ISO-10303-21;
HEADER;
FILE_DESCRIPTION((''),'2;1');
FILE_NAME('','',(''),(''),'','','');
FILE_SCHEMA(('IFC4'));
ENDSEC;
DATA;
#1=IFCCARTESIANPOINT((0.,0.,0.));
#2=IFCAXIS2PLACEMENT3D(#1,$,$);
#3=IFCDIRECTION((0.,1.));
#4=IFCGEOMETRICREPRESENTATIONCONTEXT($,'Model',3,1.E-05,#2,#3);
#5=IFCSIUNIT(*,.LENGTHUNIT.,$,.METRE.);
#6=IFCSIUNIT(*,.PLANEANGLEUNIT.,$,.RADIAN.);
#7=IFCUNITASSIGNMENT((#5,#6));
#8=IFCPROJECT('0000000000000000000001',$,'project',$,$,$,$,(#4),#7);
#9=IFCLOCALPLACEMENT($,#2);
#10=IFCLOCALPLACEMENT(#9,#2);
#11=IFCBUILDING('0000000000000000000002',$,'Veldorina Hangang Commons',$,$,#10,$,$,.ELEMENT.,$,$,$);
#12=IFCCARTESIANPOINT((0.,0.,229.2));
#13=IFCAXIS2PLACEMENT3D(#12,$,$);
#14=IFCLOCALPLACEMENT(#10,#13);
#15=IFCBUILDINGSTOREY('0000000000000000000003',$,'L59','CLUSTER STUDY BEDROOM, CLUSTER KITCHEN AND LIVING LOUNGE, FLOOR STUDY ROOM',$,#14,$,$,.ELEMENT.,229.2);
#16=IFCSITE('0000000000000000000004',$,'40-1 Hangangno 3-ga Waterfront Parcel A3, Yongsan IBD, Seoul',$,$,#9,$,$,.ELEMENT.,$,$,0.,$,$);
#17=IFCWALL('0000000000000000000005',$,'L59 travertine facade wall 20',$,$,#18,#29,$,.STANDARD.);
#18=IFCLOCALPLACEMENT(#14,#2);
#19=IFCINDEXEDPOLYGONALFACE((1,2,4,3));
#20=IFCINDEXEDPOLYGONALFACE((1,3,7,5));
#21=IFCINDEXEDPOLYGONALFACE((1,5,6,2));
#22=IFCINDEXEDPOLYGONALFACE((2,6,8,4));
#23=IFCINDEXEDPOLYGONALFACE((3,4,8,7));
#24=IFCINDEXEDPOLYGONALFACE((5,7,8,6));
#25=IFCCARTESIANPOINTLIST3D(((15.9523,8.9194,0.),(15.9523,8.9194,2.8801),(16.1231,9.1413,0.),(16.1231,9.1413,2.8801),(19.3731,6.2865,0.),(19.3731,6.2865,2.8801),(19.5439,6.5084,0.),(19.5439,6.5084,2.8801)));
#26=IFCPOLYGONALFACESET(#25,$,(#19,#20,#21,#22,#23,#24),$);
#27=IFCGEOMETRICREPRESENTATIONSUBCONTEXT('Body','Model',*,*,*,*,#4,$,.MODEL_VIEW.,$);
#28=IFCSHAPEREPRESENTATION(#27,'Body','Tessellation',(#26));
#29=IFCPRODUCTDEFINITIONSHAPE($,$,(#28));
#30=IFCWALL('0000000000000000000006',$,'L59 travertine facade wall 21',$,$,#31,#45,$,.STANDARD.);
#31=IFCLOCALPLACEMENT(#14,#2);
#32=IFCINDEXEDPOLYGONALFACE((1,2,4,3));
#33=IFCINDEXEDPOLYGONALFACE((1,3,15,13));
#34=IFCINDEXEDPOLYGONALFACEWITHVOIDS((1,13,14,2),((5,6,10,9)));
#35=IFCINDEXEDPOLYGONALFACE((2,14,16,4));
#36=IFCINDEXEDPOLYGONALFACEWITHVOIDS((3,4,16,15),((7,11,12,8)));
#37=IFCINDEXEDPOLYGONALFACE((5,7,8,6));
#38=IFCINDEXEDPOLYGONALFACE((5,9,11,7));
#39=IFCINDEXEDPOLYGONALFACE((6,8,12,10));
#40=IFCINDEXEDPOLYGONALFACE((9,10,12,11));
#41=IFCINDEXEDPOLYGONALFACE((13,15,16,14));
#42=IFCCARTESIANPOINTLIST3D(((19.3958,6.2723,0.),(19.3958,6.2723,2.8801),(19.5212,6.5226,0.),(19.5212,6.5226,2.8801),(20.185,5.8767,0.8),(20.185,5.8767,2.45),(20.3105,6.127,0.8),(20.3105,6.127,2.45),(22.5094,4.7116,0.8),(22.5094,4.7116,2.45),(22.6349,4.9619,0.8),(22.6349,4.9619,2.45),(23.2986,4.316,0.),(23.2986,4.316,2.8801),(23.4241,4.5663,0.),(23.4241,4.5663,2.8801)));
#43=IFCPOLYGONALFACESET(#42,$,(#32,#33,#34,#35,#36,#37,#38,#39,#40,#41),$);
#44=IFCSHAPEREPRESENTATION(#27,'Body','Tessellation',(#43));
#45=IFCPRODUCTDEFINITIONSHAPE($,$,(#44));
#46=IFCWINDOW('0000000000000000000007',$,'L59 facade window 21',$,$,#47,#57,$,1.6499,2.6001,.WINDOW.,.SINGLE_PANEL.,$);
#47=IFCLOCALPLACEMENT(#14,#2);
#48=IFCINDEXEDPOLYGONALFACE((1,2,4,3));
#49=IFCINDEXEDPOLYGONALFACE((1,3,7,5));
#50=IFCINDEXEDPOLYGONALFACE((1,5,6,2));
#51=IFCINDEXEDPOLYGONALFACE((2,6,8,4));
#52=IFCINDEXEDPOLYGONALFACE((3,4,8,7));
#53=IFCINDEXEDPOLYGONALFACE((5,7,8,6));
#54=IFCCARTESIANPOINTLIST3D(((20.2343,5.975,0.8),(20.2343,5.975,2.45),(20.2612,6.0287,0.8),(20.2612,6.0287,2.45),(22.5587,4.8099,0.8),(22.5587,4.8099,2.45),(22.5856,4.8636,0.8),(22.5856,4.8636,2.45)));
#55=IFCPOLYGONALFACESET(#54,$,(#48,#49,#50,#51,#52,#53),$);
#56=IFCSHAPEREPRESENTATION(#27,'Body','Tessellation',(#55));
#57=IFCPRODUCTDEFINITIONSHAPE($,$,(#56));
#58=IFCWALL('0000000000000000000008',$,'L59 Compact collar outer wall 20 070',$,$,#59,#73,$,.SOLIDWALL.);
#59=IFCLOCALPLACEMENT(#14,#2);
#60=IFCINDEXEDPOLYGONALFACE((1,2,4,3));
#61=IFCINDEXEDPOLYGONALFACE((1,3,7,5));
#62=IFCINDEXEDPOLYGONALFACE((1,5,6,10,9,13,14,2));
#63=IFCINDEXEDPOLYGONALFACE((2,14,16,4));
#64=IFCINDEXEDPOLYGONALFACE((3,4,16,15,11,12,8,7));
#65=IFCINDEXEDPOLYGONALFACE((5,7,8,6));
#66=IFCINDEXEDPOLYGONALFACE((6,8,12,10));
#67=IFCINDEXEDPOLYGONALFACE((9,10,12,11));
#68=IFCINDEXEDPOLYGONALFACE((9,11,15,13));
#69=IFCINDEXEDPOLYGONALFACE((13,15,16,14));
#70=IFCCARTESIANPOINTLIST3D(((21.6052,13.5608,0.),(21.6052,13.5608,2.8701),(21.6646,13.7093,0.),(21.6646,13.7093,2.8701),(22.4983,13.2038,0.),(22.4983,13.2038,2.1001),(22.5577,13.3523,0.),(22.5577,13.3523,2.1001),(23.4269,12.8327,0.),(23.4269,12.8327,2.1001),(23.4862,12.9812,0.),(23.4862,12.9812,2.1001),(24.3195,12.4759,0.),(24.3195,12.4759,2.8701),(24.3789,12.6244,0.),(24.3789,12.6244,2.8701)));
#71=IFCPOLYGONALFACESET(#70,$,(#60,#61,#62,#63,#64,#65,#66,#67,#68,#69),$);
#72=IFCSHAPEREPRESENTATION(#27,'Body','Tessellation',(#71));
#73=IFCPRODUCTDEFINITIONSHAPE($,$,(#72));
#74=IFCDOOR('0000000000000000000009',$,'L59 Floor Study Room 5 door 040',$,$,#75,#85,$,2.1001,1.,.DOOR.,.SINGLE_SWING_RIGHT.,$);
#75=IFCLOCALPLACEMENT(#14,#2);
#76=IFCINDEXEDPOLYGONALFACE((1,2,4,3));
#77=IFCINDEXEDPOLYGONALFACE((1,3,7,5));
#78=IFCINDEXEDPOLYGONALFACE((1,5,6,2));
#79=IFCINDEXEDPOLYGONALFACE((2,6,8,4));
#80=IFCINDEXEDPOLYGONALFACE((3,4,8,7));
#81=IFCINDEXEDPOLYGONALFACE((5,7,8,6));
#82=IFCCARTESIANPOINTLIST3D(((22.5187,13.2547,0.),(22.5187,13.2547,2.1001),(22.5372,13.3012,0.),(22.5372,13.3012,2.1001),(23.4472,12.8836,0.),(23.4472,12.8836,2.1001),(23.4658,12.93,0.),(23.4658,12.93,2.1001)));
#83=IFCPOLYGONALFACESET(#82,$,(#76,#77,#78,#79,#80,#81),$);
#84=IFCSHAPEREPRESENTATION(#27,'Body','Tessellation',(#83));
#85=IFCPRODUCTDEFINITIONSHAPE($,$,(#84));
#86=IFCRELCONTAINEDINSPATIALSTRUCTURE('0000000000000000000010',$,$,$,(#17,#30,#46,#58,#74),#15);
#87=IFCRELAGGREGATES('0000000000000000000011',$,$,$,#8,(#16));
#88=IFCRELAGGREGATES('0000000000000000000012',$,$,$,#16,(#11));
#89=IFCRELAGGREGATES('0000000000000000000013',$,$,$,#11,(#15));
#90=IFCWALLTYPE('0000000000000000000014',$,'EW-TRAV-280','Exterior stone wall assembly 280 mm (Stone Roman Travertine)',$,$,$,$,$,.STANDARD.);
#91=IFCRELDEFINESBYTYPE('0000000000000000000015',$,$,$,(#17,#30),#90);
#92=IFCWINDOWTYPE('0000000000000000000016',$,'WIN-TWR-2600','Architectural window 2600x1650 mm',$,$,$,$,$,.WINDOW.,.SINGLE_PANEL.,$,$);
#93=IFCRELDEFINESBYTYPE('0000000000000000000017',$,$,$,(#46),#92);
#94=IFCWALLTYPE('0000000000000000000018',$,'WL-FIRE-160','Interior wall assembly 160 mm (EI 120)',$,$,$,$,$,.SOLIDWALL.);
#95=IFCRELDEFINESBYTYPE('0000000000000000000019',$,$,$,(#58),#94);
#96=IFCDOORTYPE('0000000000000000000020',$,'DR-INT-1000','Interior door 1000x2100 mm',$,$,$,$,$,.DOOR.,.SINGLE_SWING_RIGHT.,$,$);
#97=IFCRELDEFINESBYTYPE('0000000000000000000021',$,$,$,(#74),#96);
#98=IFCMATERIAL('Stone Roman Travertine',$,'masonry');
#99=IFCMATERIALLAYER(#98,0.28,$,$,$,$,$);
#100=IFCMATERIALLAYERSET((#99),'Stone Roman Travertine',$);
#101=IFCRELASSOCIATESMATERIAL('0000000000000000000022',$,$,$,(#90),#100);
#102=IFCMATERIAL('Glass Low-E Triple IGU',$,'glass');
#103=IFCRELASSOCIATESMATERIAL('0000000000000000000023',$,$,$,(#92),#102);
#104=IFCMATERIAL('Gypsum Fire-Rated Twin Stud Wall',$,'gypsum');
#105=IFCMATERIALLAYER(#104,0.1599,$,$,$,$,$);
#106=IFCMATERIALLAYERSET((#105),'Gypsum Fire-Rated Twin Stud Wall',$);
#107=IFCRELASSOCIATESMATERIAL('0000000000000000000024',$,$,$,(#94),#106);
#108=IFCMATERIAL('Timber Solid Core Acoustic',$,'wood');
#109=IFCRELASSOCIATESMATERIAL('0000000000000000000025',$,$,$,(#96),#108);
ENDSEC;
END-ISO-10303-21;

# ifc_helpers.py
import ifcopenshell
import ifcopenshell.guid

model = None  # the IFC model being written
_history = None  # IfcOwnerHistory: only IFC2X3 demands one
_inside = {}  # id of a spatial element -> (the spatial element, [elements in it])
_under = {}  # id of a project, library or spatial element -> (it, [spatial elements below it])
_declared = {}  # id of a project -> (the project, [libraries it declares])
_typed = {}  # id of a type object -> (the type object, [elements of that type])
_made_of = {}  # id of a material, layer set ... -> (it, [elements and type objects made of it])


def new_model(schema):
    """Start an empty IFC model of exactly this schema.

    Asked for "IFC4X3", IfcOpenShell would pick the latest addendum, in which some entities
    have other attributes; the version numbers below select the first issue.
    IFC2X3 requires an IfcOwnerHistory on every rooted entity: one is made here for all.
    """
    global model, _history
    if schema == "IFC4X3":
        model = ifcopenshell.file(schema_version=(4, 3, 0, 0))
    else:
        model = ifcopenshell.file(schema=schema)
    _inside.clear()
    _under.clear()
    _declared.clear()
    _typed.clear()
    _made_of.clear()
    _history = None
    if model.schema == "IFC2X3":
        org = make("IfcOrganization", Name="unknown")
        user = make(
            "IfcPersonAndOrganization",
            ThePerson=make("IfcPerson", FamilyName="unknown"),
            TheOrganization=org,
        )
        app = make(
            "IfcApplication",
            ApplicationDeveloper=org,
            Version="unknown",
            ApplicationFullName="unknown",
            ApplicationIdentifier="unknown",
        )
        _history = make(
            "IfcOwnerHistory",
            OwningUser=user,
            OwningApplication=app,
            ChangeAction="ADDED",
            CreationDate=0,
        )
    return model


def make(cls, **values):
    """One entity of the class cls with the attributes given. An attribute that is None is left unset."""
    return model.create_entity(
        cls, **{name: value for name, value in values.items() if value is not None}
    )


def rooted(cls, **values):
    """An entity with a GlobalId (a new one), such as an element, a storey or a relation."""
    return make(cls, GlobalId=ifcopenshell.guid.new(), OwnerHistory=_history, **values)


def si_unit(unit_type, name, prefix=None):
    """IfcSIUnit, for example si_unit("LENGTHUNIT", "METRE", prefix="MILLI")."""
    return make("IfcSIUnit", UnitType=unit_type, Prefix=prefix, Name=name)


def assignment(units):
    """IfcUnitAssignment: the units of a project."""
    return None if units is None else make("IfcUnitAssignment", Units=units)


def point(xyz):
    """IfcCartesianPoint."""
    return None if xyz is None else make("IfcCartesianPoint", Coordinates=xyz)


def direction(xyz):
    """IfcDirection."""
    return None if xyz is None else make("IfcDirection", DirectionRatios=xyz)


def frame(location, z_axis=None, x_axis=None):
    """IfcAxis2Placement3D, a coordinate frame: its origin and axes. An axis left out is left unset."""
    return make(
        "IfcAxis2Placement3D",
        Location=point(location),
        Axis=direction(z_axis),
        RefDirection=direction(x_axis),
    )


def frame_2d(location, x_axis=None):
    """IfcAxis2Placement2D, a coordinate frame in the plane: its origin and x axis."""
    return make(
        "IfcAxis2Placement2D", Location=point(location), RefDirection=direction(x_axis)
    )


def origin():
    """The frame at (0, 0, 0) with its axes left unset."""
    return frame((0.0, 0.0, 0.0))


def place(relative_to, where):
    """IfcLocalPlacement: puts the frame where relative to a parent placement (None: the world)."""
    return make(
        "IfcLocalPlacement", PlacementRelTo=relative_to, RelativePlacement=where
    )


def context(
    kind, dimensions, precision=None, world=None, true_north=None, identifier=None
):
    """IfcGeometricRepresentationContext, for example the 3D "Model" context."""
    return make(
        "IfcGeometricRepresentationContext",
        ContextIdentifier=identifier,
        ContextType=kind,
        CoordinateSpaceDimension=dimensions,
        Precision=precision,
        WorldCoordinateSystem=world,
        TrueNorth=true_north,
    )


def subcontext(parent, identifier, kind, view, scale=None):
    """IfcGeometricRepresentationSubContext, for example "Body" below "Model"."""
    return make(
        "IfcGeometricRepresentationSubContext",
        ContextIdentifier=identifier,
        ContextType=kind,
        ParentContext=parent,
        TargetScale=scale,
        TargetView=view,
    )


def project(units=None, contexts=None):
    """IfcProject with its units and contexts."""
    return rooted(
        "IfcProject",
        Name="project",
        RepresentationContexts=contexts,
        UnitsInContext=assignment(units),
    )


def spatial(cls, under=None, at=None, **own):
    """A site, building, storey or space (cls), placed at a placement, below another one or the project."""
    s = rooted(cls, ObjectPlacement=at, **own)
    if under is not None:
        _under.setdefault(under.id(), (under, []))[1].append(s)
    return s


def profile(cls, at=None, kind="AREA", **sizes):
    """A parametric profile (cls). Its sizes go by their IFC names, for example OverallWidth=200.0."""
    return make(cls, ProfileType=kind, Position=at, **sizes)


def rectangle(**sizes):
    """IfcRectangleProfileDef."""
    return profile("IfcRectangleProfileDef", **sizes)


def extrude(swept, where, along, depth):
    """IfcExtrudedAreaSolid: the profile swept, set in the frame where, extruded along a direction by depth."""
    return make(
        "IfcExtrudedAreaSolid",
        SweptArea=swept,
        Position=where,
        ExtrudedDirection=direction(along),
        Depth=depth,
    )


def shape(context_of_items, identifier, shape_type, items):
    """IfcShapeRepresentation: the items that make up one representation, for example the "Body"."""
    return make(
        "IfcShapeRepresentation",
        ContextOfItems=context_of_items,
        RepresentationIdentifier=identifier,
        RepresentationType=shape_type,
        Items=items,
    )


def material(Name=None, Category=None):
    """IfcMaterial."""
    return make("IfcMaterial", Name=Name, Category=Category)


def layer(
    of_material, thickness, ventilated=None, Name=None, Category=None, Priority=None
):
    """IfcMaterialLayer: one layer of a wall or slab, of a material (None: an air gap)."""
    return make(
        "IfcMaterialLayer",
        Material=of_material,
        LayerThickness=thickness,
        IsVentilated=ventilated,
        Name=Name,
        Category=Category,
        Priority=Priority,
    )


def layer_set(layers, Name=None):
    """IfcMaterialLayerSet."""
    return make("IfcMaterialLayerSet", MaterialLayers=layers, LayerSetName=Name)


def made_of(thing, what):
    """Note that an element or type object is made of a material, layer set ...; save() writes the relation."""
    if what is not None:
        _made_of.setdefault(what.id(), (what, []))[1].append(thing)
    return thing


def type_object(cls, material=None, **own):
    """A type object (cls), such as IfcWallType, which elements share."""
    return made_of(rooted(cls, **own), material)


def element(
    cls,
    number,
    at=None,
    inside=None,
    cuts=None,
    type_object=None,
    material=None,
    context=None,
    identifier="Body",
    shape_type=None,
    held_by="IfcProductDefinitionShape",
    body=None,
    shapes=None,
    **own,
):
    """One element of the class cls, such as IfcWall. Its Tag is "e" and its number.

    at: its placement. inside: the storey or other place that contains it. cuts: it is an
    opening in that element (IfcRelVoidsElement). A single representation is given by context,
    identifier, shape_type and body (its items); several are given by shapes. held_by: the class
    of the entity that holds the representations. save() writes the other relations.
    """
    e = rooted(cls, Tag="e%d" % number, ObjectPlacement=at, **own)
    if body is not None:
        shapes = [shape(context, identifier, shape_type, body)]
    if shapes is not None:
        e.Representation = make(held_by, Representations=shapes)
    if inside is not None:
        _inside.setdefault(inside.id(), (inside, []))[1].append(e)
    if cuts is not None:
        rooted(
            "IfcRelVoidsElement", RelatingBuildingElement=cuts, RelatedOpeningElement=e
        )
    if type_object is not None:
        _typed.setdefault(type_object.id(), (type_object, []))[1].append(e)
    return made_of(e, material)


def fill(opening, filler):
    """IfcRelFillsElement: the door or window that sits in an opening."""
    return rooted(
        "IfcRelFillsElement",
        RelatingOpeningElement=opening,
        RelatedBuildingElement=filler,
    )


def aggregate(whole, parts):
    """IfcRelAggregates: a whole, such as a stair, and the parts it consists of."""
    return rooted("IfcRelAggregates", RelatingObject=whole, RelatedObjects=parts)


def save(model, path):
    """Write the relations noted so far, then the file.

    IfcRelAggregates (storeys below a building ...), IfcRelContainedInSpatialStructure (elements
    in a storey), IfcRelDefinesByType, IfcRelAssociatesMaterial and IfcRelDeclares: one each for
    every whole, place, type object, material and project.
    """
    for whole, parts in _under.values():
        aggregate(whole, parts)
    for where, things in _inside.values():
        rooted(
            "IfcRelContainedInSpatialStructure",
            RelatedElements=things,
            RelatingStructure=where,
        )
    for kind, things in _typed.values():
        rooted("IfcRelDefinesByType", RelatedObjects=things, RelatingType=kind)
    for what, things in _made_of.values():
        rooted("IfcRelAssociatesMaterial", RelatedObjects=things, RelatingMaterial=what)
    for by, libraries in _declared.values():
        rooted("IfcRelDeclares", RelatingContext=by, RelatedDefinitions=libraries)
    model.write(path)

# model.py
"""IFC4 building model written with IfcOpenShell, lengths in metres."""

from ifc_helpers import new_model, si_unit, direction, frame, frame_2d, origin, place, context, subcontext, project, spatial, rectangle, extrude, material, layer, layer_set, type_object, element, fill, save


model = new_model("IFC4")

# Units and contexts
model_context = context("Model", 3, precision=1e-05, world=origin(), true_north=direction((0.0, 1.0)))
body_context = subcontext(model_context, "Body", "Model", "MODEL_VIEW")
ifc_project = project(units=[si_unit("LENGTHUNIT", "METRE"), si_unit("PLANEANGLEUNIT", "RADIAN")], contexts=[model_context])

# Site, building, storey
site_placement = place(None, origin())
site = spatial("IfcSite", under=ifc_project, at=site_placement, Name="40-1 Hangangno 3-ga Waterfront Parcel A3, Yongsan IBD, Seoul", CompositionType="ELEMENT", RefElevation=0.0)
building_placement = place(site_placement, origin())
building = spatial("IfcBuilding", under=site, at=building_placement, Name="Veldorina Hangang Commons", CompositionType="ELEMENT")
storey_placement = place(building_placement, frame((0.0, 0.0, 229.2)))
storey = spatial("IfcBuildingStorey", under=building, at=storey_placement, Name="L59", Description="CLUSTER STUDY BEDROOM, CLUSTER KITCHEN AND LIVING LOUNGE, FLOOR STUDY ROOM", CompositionType="ELEMENT", Elevation=229.2)

# Wall
ifc_material_1 = material(Name="Stone Roman Travertine", Category="masonry")
ifc_layer_1 = layer(ifc_material_1, 0.28)
ifc_layer_set_1 = layer_set([ifc_layer_1], Name="Stone Roman Travertine")
wall_type_1 = type_object("IfcWallType", Name="EW-TRAV-280", Description="Exterior stone wall assembly 280 mm (Stone Roman Travertine)", PredefinedType="STANDARD", material=ifc_layer_set_1)
wall_1_placement = place(storey_placement, frame((16.0378, 9.0303, 0.0), z_axis=(0.0, 0.0, 1.0), x_axis=(0.792452, -0.609935, 0.0)))
element("IfcWall", 1, at=wall_1_placement, inside=storey, type_object=wall_type_1, Name="L59 travertine facade wall 20", PredefinedType="STANDARD", context=body_context, shape_type="SweptSolid", body=[
    extrude(rectangle(XDim=4.3167, YDim=0.28, at=frame_2d((2.1582, 0.0))), origin(), (0.0, 0.0, 1.0), 2.8801),
])

# Wall, opening, window
wall_2_placement = place(storey_placement, frame((19.4585, 6.3975, 0.0), z_axis=(0.0, 0.0, 1.0), x_axis=(0.893979, -0.448108, 0.0)))
wall_2 = element("IfcWall", 2, at=wall_2_placement, inside=storey, type_object=wall_type_1, Name="L59 travertine facade wall 21", PredefinedType="STANDARD", context=body_context, shape_type="SweptSolid", body=[
    extrude(rectangle(XDim=4.3657, YDim=0.28, at=frame_2d((2.1829, 0.0))), origin(), (0.0, 0.0, 1.0), 2.8801),
])
opening_1_placement = place(wall_2_placement, frame((0.8828, 0.0, 0.8)))
opening_1 = element("IfcOpeningElement", 3, at=opening_1_placement, cuts=wall_2, PredefinedType="OPENING", context=body_context, shape_type="SweptSolid", body=[
    extrude(rectangle(XDim=2.6001, YDim=1.6499, at=frame_2d((1.3, 0.825))), frame((0.0, 0.1499, 0.0), z_axis=(0.0, -1.0, 0.0), x_axis=(1.0, 0.0, 0.0)), (0.0, 0.0, 1.0), 0.3),
])
ifc_material_2 = material(Name="Glass Low-E Triple IGU", Category="glass")
window_type = type_object("IfcWindowType", Name="WIN-TWR-2600", Description="Architectural window 2600x1650 mm", PartitioningType="SINGLE_PANEL", PredefinedType="WINDOW", material=ifc_material_2)
window_placement = place(opening_1_placement, origin())
window = element("IfcWindow", 4, at=window_placement, inside=storey, type_object=window_type, Name="L59 facade window 21", OverallHeight=1.6499, OverallWidth=2.6001, PartitioningType="SINGLE_PANEL", PredefinedType="WINDOW", context=body_context, shape_type="SweptSolid", body=[
    extrude(rectangle(XDim=2.6001, YDim=1.6499, at=frame_2d((1.3, 0.825))), frame((0.0, 0.03, 0.0), z_axis=(0.0, -1.0, 0.0), x_axis=(1.0, 0.0, 0.0)), (0.0, 0.0, 1.0), 0.0601),
])
fill(opening_1, window)

# Wall, opening, door
ifc_material_3 = material(Name="Gypsum Fire-Rated Twin Stud Wall", Category="gypsum")
ifc_layer_2 = layer(ifc_material_3, 0.1599)
ifc_layer_set_2 = layer_set([ifc_layer_2], Name="Gypsum Fire-Rated Twin Stud Wall")
wall_type_2 = type_object("IfcWallType", Name="WL-FIRE-160", Description="Interior wall assembly 160 mm (EI 120)", PredefinedType="SOLIDWALL", material=ifc_layer_set_2)
wall_3_placement = place(storey_placement, frame((21.635, 13.635, 0.0), z_axis=(0.0, 0.0, 1.0), x_axis=(0.928569, -0.37116, 0.0)))
wall_3 = element("IfcWall", 5, at=wall_3_placement, inside=storey, type_object=wall_type_2, Name="L59 Compact collar outer wall 20 070", PredefinedType="SOLIDWALL", context=body_context, shape_type="SweptSolid", body=[
    extrude(rectangle(XDim=2.9231, YDim=0.1599, at=frame_2d((1.4614, 0.0))), origin(), (0.0, 0.0, 1.0), 2.8701),
])
opening_2_placement = place(wall_3_placement, frame((0.9617, 0.0, 0.0)))
opening_2 = element("IfcOpeningElement", 6, at=opening_2_placement, cuts=wall_3, PredefinedType="OPENING", context=body_context, shape_type="SweptSolid", body=[
    extrude(rectangle(XDim=1.0, YDim=2.1001, at=frame_2d((0.5, 1.05))), frame((0.0, 0.0898, 0.0), z_axis=(0.0, -1.0, 0.0), x_axis=(1.0, 0.0, 0.0)), (0.0, 0.0, 1.0), 0.1799),
])
ifc_material_4 = material(Name="Timber Solid Core Acoustic", Category="wood")
door_type = type_object("IfcDoorType", Name="DR-INT-1000", Description="Interior door 1000x2100 mm", OperationType="SINGLE_SWING_RIGHT", PredefinedType="DOOR", material=ifc_material_4)
door_placement = place(opening_2_placement, origin())
door = element("IfcDoor", 7, at=door_placement, inside=storey, type_object=door_type, Name="L59 Floor Study Room 5 door 040", OperationType="SINGLE_SWING_RIGHT", OverallHeight=2.1001, OverallWidth=1.0, PredefinedType="DOOR", context=body_context, shape_type="SweptSolid", body=[
    extrude(rectangle(XDim=1.0, YDim=2.1001, at=frame_2d((0.5, 1.05))), frame((0.0, 0.0249, 0.0), z_axis=(0.0, -1.0, 0.0), x_axis=(1.0, 0.0, 0.0)), (0.0, 0.0, 1.0), 0.05),
])
fill(opening_2, door)

save(model, "model.ifc")
